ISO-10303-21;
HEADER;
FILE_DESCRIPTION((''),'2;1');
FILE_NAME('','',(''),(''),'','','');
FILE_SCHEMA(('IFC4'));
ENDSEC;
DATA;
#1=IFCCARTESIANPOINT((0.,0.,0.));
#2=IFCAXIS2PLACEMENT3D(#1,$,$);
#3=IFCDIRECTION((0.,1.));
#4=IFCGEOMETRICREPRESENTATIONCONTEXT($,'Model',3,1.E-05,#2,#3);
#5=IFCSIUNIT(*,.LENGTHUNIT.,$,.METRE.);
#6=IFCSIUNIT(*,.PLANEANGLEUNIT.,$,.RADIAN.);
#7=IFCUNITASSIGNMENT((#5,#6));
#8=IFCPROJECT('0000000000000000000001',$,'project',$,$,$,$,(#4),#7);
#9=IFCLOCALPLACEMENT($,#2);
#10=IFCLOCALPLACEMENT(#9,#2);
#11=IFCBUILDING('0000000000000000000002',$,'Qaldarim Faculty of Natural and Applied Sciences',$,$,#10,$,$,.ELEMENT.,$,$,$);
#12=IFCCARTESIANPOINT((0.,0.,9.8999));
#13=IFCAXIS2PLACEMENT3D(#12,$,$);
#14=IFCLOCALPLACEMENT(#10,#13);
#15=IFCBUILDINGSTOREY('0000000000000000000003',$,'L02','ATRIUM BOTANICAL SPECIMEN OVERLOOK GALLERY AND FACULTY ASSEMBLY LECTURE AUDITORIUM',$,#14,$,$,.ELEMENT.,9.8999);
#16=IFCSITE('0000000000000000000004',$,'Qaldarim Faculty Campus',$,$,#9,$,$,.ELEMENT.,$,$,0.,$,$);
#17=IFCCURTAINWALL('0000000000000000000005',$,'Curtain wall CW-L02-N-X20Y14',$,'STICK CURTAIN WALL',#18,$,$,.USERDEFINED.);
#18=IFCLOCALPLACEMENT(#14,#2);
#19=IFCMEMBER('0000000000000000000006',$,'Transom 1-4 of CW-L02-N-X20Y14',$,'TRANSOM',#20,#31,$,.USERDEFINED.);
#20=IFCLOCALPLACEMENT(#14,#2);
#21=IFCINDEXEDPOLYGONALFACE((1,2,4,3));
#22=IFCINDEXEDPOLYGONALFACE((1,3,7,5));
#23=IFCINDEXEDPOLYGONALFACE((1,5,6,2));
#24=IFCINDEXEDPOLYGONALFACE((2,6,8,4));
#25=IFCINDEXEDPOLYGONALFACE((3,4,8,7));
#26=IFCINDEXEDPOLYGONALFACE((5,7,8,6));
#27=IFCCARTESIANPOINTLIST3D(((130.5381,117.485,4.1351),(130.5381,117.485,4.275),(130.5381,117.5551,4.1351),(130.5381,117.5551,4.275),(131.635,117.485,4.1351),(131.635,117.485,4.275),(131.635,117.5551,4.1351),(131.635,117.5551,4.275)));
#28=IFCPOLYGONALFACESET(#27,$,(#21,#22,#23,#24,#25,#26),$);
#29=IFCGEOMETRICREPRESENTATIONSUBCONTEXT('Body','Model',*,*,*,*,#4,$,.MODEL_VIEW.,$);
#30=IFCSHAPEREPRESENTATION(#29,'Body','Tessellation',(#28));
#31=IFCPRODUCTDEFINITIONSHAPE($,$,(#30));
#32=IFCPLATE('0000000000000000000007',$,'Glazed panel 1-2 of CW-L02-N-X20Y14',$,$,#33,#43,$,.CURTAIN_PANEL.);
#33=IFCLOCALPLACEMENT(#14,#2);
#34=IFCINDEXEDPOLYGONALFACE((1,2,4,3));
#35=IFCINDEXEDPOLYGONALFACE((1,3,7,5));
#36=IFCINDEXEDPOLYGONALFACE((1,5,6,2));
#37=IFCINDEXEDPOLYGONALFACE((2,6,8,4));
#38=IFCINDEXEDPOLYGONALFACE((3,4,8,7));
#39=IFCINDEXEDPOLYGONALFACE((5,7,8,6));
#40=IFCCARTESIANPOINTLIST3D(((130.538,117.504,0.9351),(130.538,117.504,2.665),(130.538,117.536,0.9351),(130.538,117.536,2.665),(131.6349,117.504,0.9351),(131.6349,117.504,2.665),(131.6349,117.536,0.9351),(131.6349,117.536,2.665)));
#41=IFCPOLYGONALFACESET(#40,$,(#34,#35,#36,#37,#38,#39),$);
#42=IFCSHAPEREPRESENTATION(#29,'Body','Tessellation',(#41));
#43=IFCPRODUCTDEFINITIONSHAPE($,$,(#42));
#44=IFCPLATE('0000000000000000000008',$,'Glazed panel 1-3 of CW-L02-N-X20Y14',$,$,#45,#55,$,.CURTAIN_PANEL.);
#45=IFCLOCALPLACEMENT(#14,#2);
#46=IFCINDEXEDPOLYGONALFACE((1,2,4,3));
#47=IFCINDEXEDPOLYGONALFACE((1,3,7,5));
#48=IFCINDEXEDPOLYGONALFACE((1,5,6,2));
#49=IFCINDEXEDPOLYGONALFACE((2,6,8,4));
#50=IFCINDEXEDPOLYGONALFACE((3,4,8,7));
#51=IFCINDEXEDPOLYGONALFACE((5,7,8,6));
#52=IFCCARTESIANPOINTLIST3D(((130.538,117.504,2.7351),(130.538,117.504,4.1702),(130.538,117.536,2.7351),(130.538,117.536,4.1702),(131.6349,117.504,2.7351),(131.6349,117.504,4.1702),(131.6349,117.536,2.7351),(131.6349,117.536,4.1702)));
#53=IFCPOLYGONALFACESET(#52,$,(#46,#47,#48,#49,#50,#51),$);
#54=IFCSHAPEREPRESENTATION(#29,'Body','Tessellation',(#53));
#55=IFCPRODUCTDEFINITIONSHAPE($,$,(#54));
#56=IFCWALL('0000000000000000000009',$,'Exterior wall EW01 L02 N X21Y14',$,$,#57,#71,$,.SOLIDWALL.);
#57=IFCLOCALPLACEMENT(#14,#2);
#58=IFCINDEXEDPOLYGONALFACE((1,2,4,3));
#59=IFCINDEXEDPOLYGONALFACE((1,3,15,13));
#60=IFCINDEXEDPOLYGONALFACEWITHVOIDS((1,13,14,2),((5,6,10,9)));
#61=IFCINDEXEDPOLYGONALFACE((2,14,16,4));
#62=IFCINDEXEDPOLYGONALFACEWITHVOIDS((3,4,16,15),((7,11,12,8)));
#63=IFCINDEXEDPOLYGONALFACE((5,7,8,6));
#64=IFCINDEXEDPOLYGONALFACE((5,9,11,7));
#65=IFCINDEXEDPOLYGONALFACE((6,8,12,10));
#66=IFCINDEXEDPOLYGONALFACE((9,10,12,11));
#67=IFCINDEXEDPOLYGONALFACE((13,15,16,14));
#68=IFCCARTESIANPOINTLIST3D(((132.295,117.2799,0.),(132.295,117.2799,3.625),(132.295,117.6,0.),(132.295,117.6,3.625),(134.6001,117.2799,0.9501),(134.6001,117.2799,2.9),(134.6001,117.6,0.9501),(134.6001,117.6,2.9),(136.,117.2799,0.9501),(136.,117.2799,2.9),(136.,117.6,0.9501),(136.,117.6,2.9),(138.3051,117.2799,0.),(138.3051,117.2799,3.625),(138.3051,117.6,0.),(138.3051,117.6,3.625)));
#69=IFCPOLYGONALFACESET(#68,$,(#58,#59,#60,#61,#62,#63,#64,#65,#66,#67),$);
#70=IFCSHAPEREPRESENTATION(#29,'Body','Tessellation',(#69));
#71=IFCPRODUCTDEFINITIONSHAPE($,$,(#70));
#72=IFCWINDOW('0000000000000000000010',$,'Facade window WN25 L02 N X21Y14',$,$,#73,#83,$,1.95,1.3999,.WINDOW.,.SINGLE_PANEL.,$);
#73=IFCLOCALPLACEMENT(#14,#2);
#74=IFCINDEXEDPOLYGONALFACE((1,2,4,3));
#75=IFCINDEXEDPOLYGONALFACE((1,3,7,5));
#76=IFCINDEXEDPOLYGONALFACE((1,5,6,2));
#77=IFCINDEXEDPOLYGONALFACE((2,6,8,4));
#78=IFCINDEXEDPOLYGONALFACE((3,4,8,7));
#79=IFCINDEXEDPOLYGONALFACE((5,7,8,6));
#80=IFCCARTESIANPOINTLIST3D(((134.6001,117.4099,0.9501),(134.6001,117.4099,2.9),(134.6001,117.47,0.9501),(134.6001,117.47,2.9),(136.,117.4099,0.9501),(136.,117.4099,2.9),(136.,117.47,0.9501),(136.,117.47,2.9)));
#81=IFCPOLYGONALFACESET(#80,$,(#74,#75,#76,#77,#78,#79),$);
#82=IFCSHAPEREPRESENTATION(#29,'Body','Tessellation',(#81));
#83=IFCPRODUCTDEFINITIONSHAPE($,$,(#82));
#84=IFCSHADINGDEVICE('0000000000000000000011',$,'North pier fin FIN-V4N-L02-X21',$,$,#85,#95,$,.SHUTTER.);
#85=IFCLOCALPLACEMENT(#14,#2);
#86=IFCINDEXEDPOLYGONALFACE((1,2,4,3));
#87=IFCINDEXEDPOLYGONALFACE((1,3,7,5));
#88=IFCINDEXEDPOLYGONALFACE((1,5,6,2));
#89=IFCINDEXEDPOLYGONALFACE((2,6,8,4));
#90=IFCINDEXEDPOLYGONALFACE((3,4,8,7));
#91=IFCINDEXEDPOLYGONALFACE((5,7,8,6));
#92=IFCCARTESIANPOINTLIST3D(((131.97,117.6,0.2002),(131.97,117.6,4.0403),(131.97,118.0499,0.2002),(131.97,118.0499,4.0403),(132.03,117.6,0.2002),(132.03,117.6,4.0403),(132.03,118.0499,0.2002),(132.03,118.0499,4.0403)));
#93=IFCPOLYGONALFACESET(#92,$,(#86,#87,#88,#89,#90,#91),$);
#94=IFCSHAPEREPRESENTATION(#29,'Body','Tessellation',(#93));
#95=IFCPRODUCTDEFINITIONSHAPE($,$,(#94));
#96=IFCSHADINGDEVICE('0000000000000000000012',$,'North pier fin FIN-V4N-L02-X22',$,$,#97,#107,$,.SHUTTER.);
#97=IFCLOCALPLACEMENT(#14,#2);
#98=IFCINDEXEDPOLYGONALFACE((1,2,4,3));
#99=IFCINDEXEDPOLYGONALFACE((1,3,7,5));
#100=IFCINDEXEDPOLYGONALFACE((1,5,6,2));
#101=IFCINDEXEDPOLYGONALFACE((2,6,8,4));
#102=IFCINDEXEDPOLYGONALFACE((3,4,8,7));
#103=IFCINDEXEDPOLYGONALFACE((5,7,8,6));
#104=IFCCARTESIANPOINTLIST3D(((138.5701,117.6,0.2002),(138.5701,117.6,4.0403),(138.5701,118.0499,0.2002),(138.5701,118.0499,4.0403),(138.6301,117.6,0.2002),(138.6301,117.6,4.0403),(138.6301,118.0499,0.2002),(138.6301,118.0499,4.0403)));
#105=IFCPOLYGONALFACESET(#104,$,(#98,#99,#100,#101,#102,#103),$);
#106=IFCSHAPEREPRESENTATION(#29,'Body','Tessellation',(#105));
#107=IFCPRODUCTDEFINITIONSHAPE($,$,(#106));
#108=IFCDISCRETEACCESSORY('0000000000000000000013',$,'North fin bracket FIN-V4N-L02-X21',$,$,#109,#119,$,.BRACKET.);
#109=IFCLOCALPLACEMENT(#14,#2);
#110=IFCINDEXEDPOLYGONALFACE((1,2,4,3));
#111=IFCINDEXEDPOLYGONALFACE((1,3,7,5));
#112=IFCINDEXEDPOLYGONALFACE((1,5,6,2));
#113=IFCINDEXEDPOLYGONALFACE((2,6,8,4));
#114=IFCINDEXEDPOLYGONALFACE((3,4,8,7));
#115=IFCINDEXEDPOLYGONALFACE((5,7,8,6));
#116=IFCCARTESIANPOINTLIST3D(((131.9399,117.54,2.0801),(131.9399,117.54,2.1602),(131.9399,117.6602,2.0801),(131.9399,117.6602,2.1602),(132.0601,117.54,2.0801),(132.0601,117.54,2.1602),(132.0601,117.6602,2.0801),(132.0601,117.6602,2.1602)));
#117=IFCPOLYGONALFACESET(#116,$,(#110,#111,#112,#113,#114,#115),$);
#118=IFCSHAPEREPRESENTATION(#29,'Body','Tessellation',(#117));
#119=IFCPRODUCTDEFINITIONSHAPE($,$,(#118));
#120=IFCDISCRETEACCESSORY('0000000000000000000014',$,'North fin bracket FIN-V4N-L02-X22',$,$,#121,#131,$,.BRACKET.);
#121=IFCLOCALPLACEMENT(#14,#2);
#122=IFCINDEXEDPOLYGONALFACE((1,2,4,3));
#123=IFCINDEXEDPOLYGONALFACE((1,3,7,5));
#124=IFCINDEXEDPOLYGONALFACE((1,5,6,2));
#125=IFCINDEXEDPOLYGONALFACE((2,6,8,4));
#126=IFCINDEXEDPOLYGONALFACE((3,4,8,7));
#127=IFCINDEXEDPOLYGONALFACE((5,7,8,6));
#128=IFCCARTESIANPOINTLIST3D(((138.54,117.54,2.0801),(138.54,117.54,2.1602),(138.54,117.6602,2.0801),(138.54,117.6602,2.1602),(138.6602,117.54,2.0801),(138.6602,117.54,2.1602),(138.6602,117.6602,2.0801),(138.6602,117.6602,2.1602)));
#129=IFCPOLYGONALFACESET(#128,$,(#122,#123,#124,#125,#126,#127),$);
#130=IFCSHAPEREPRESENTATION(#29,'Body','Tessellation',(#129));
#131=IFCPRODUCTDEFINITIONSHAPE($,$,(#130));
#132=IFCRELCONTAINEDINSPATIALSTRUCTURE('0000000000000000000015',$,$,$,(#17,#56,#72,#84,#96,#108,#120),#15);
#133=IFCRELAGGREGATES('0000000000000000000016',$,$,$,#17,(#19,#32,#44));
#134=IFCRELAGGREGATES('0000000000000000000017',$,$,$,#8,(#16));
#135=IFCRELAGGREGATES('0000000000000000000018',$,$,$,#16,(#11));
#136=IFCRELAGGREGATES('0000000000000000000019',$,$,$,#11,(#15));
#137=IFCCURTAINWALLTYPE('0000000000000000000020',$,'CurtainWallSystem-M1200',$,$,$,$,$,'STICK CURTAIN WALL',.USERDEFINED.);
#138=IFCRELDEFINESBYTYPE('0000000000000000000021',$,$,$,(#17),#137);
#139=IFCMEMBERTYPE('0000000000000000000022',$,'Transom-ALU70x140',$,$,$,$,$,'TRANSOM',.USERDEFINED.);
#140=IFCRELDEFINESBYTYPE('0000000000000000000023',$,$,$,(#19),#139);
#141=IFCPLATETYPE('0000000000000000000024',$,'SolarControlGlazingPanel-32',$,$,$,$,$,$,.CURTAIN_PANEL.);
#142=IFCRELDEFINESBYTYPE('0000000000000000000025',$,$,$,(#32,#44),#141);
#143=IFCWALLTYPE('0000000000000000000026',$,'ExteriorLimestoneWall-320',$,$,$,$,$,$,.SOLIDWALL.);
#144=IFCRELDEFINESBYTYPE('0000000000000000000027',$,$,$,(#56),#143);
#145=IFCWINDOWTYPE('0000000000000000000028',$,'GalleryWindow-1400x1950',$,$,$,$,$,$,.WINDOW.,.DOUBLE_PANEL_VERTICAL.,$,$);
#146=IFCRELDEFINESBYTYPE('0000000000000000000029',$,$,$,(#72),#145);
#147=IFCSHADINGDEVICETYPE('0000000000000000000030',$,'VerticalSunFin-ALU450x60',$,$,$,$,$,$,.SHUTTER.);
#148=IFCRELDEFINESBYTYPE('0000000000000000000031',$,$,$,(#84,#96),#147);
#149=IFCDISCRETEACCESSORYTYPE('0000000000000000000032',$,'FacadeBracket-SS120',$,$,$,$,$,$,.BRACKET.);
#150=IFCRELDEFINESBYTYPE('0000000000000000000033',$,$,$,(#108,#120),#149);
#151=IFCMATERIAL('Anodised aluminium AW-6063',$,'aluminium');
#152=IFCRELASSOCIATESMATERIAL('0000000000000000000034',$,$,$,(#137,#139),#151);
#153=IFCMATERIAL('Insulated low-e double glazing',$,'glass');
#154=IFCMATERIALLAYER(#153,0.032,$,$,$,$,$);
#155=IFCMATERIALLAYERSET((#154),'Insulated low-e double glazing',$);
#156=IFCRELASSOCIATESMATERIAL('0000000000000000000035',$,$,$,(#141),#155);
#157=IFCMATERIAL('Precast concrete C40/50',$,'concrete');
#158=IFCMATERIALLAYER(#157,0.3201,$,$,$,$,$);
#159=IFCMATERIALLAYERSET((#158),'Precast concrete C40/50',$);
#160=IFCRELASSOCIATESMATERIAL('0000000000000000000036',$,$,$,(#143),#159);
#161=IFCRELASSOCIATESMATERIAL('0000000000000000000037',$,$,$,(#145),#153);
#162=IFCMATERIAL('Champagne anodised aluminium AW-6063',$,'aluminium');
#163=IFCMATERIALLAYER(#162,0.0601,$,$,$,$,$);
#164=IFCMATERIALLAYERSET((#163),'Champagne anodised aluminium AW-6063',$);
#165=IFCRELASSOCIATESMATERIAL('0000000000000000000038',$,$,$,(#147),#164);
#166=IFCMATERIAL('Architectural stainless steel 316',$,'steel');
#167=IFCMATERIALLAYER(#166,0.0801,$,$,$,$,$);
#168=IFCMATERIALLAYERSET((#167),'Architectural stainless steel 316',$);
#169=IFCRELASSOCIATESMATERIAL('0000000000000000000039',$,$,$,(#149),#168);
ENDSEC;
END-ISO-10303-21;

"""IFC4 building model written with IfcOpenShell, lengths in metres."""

from ifc_helpers import new_model, si_unit, direction, frame, frame_2d, origin, origin_2d, place, context, subcontext, project, spatial, rectangle, extrude, material, layer, layer_set, material_profile, profile_set, type_object, element, fill, aggregate, save


model = new_model("IFC4")

# Units and contexts
model_context = context("Model", 3, precision=1e-05, world=origin(), true_north=direction((0.0, 1.0)))
body_context = subcontext(model_context, "Body", "Model", "MODEL_VIEW")
ifc_project = project(units=[si_unit("LENGTHUNIT", "METRE"), si_unit("PLANEANGLEUNIT", "RADIAN")], contexts=[model_context])

# Site, building, storey
site_placement = place(None, origin())
site = spatial("IfcSite", under=ifc_project, at=site_placement, Name="Qaldarim Faculty Campus", CompositionType="ELEMENT", RefElevation=0.0)
building_placement = place(site_placement, origin())
building = spatial("IfcBuilding", under=site, at=building_placement, Name="Qaldarim Faculty of Natural and Applied Sciences", CompositionType="ELEMENT")
storey_placement = place(building_placement, frame((0.0, 0.0, 9.8999)))
storey = spatial("IfcBuildingStorey", under=building, at=storey_placement, Name="L02", Description="ATRIUM BOTANICAL SPECIMEN OVERLOOK GALLERY AND FACULTY ASSEMBLY LECTURE AUDITORIUM", CompositionType="ELEMENT", Elevation=9.8999)

# Curtain wall
ifc_material_1 = material(Name="Anodised aluminium AW-6063", Category="aluminium")
curtain_wall_type = type_object("IfcCurtainWallType", Name="CurtainWallSystem-M1200", ElementType="STICK CURTAIN WALL", PredefinedType="USERDEFINED", material=ifc_material_1)
curtain_wall_placement = place(storey_placement, origin())
curtain_wall = element("IfcCurtainWall", 1, at=curtain_wall_placement, inside=storey, type_object=curtain_wall_type, Name="Curtain wall CW-L02-N-X20Y14", ObjectType="STICK CURTAIN WALL", PredefinedType="USERDEFINED")

# Shared definitions
ifc_material_2 = material(Name="Precast concrete C40/50", Category="concrete")

# Member
ifc_material_profile_1 = material_profile(ifc_material_1, rectangle(XDim=0.0701, YDim=0.1399, at=origin_2d()), Name="ALU-T70x140")
ifc_profile_set_1 = profile_set([ifc_material_profile_1], Name="Anodised aluminium AW-6063")
member_type_1 = type_object("IfcMemberType", Name="Transom-ALU70x140", ElementType="TRANSOM", PredefinedType="USERDEFINED", material=ifc_profile_set_1)
member_1_placement = place(storey_placement, frame((131.635, 117.52, 4.2051), z_axis=(-1.0, 0.0, 0.0), x_axis=(0.0, -1.0, 0.0)))
member_1 = element("IfcMember", 2, at=member_1_placement, type_object=member_type_1, Name="Transom 1-4 of CW-L02-N-X20Y14", ObjectType="TRANSOM", PredefinedType="USERDEFINED", context=body_context, shape_type="SweptSolid", body=[
    extrude(rectangle(XDim=0.0701, YDim=0.1399, at=origin_2d()), origin(), (0.0, 0.0, 1.0), 1.0969),
])

# Plates
ifc_material_3 = material(Name="Insulated low-e double glazing", Category="glass")
ifc_layer_1 = layer(ifc_material_3, 0.032)
ifc_layer_set_1 = layer_set([ifc_layer_1], Name="Insulated low-e double glazing")
plate_type = type_object("IfcPlateType", Name="SolarControlGlazingPanel-32", PredefinedType="CURTAIN_PANEL", material=ifc_layer_set_1)
plate_1_placement = place(storey_placement, frame((131.0864, 117.52, 0.9351), z_axis=(0.0, 0.0, 1.0), x_axis=(-1.0, 0.0, 0.0)))
plate_1 = element("IfcPlate", 3, at=plate_1_placement, type_object=plate_type, Name="Glazed panel 1-2 of CW-L02-N-X20Y14", PredefinedType="CURTAIN_PANEL", context=body_context, shape_type="SweptSolid", body=[
    extrude(rectangle(XDim=1.0969, YDim=0.032, at=origin_2d()), origin(), (0.0, 0.0, 1.0), 1.73),
])
plate_2_placement = place(storey_placement, frame((131.0864, 117.52, 2.7351), z_axis=(0.0, 0.0, 1.0), x_axis=(-1.0, 0.0, 0.0)))
plate_2 = element("IfcPlate", 4, at=plate_2_placement, type_object=plate_type, Name="Glazed panel 1-3 of CW-L02-N-X20Y14", PredefinedType="CURTAIN_PANEL", context=body_context, shape_type="SweptSolid", body=[
    extrude(rectangle(XDim=1.0969, YDim=0.032, at=origin_2d()), origin(), (0.0, 0.0, 1.0), 1.4351),
])
aggregate(curtain_wall, [member_1, plate_1, plate_2])

# Wall, opening, window
ifc_layer_2 = layer(ifc_material_2, 0.3201)
ifc_layer_set_2 = layer_set([ifc_layer_2], Name="Precast concrete C40/50")
wall_type = type_object("IfcWallType", Name="ExteriorLimestoneWall-320", PredefinedType="SOLIDWALL", material=ifc_layer_set_2)
wall_placement = place(storey_placement, frame((138.3049, 117.4399, 0.0), z_axis=(0.0, 0.0, 1.0), x_axis=(-1.0, 0.0, 0.0)))
wall = element("IfcWall", 5, at=wall_placement, inside=storey, type_object=wall_type, Name="Exterior wall EW01 L02 N X21Y14", PredefinedType="SOLIDWALL", context=body_context, shape_type="SweptSolid", body=[
    extrude(rectangle(XDim=6.01, YDim=0.3201, at=frame_2d((3.0049, 0.0))), origin(), (0.0, 0.0, 1.0), 3.625),
])
opening_placement = place(wall_placement, frame((2.3049, 0.0, 0.95)))
opening = element("IfcOpeningElement", 6, at=opening_placement, cuts=wall, PredefinedType="OPENING", context=body_context, shape_type="SweptSolid", body=[
    extrude(rectangle(XDim=1.3999, YDim=1.95, at=frame_2d((0.7, 0.9751))), frame((0.0, 0.1699, 0.0), z_axis=(0.0, -1.0, 0.0), x_axis=(1.0, 0.0, 0.0)), (0.0, 0.0, 1.0), 0.3401),
])
window_type = type_object("IfcWindowType", Name="GalleryWindow-1400x1950", PartitioningType="DOUBLE_PANEL_VERTICAL", PredefinedType="WINDOW", material=ifc_material_3)
window_placement = place(opening_placement, origin())
window = element("IfcWindow", 7, at=window_placement, inside=storey, type_object=window_type, Name="Facade window WN25 L02 N X21Y14", OverallHeight=1.95, OverallWidth=1.3999, PartitioningType="SINGLE_PANEL", PredefinedType="WINDOW", context=body_context, shape_type="SweptSolid", body=[
    extrude(rectangle(XDim=1.3999, YDim=1.95, at=frame_2d((0.7, 0.9751))), frame((0.0, 0.03, 0.0), z_axis=(0.0, -1.0, 0.0), x_axis=(1.0, 0.0, 0.0)), (0.0, 0.0, 1.0), 0.0601),
])
fill(opening, window)

# Shading devices
ifc_material_4 = material(Name="Champagne anodised aluminium AW-6063", Category="aluminium")
ifc_layer_3 = layer(ifc_material_4, 0.0601)
ifc_layer_set_3 = layer_set([ifc_layer_3], Name="Champagne anodised aluminium AW-6063")
shading_device_type = type_object("IfcShadingDeviceType", Name="VerticalSunFin-ALU450x60", PredefinedType="SHUTTER", material=ifc_layer_set_3)
for number, where, z_axis, x_axis, name in (
    (8, (132.0, 117.825, 0.2002), (0.0, 0.0, 1.0), (1.0, 0.0, 0.0), "North pier fin FIN-V4N-L02-X21"),
    (9, (138.6001, 117.825, 0.2002), (0.0, 0.0, 1.0), (1.0, 0.0, 0.0), "North pier fin FIN-V4N-L02-X22"),
):
    element("IfcShadingDevice", number, at=place(storey_placement, frame(where, z_axis=z_axis, x_axis=x_axis)), inside=storey, type_object=shading_device_type, Name=name, PredefinedType="SHUTTER", context=body_context, shape_type="SweptSolid", body=[
        extrude(rectangle(XDim=0.0601, YDim=0.45, at=origin_2d()), origin(), (0.0, 0.0, 1.0), 3.8401),
    ])

# Discrete accessories
ifc_material_5 = material(Name="Architectural stainless steel 316", Category="steel")
ifc_layer_4 = layer(ifc_material_5, 0.0801)
ifc_layer_set_4 = layer_set([ifc_layer_4], Name="Architectural stainless steel 316")
discrete_accessory_type = type_object("IfcDiscreteAccessoryType", Name="FacadeBracket-SS120", PredefinedType="BRACKET", material=ifc_layer_set_4)
for number, where, z_axis, x_axis, name in (
    (10, (132.0, 117.6001, 2.0801), (0.0, 0.0, 1.0), (1.0, 0.0, 0.0), "North fin bracket FIN-V4N-L02-X21"),
    (11, (138.6001, 117.6001, 2.0801), (0.0, 0.0, 1.0), (1.0, 0.0, 0.0), "North fin bracket FIN-V4N-L02-X22"),
):
    element("IfcDiscreteAccessory", number, at=place(storey_placement, frame(where, z_axis=z_axis, x_axis=x_axis)), inside=storey, type_object=discrete_accessory_type, Name=name, PredefinedType="BRACKET", context=body_context, shape_type="SweptSolid", body=[
        extrude(rectangle(XDim=0.1201, YDim=0.1201, at=origin_2d()), origin(), (0.0, 0.0, 1.0), 0.0801),
    ])

save(model, "model.ifc")
